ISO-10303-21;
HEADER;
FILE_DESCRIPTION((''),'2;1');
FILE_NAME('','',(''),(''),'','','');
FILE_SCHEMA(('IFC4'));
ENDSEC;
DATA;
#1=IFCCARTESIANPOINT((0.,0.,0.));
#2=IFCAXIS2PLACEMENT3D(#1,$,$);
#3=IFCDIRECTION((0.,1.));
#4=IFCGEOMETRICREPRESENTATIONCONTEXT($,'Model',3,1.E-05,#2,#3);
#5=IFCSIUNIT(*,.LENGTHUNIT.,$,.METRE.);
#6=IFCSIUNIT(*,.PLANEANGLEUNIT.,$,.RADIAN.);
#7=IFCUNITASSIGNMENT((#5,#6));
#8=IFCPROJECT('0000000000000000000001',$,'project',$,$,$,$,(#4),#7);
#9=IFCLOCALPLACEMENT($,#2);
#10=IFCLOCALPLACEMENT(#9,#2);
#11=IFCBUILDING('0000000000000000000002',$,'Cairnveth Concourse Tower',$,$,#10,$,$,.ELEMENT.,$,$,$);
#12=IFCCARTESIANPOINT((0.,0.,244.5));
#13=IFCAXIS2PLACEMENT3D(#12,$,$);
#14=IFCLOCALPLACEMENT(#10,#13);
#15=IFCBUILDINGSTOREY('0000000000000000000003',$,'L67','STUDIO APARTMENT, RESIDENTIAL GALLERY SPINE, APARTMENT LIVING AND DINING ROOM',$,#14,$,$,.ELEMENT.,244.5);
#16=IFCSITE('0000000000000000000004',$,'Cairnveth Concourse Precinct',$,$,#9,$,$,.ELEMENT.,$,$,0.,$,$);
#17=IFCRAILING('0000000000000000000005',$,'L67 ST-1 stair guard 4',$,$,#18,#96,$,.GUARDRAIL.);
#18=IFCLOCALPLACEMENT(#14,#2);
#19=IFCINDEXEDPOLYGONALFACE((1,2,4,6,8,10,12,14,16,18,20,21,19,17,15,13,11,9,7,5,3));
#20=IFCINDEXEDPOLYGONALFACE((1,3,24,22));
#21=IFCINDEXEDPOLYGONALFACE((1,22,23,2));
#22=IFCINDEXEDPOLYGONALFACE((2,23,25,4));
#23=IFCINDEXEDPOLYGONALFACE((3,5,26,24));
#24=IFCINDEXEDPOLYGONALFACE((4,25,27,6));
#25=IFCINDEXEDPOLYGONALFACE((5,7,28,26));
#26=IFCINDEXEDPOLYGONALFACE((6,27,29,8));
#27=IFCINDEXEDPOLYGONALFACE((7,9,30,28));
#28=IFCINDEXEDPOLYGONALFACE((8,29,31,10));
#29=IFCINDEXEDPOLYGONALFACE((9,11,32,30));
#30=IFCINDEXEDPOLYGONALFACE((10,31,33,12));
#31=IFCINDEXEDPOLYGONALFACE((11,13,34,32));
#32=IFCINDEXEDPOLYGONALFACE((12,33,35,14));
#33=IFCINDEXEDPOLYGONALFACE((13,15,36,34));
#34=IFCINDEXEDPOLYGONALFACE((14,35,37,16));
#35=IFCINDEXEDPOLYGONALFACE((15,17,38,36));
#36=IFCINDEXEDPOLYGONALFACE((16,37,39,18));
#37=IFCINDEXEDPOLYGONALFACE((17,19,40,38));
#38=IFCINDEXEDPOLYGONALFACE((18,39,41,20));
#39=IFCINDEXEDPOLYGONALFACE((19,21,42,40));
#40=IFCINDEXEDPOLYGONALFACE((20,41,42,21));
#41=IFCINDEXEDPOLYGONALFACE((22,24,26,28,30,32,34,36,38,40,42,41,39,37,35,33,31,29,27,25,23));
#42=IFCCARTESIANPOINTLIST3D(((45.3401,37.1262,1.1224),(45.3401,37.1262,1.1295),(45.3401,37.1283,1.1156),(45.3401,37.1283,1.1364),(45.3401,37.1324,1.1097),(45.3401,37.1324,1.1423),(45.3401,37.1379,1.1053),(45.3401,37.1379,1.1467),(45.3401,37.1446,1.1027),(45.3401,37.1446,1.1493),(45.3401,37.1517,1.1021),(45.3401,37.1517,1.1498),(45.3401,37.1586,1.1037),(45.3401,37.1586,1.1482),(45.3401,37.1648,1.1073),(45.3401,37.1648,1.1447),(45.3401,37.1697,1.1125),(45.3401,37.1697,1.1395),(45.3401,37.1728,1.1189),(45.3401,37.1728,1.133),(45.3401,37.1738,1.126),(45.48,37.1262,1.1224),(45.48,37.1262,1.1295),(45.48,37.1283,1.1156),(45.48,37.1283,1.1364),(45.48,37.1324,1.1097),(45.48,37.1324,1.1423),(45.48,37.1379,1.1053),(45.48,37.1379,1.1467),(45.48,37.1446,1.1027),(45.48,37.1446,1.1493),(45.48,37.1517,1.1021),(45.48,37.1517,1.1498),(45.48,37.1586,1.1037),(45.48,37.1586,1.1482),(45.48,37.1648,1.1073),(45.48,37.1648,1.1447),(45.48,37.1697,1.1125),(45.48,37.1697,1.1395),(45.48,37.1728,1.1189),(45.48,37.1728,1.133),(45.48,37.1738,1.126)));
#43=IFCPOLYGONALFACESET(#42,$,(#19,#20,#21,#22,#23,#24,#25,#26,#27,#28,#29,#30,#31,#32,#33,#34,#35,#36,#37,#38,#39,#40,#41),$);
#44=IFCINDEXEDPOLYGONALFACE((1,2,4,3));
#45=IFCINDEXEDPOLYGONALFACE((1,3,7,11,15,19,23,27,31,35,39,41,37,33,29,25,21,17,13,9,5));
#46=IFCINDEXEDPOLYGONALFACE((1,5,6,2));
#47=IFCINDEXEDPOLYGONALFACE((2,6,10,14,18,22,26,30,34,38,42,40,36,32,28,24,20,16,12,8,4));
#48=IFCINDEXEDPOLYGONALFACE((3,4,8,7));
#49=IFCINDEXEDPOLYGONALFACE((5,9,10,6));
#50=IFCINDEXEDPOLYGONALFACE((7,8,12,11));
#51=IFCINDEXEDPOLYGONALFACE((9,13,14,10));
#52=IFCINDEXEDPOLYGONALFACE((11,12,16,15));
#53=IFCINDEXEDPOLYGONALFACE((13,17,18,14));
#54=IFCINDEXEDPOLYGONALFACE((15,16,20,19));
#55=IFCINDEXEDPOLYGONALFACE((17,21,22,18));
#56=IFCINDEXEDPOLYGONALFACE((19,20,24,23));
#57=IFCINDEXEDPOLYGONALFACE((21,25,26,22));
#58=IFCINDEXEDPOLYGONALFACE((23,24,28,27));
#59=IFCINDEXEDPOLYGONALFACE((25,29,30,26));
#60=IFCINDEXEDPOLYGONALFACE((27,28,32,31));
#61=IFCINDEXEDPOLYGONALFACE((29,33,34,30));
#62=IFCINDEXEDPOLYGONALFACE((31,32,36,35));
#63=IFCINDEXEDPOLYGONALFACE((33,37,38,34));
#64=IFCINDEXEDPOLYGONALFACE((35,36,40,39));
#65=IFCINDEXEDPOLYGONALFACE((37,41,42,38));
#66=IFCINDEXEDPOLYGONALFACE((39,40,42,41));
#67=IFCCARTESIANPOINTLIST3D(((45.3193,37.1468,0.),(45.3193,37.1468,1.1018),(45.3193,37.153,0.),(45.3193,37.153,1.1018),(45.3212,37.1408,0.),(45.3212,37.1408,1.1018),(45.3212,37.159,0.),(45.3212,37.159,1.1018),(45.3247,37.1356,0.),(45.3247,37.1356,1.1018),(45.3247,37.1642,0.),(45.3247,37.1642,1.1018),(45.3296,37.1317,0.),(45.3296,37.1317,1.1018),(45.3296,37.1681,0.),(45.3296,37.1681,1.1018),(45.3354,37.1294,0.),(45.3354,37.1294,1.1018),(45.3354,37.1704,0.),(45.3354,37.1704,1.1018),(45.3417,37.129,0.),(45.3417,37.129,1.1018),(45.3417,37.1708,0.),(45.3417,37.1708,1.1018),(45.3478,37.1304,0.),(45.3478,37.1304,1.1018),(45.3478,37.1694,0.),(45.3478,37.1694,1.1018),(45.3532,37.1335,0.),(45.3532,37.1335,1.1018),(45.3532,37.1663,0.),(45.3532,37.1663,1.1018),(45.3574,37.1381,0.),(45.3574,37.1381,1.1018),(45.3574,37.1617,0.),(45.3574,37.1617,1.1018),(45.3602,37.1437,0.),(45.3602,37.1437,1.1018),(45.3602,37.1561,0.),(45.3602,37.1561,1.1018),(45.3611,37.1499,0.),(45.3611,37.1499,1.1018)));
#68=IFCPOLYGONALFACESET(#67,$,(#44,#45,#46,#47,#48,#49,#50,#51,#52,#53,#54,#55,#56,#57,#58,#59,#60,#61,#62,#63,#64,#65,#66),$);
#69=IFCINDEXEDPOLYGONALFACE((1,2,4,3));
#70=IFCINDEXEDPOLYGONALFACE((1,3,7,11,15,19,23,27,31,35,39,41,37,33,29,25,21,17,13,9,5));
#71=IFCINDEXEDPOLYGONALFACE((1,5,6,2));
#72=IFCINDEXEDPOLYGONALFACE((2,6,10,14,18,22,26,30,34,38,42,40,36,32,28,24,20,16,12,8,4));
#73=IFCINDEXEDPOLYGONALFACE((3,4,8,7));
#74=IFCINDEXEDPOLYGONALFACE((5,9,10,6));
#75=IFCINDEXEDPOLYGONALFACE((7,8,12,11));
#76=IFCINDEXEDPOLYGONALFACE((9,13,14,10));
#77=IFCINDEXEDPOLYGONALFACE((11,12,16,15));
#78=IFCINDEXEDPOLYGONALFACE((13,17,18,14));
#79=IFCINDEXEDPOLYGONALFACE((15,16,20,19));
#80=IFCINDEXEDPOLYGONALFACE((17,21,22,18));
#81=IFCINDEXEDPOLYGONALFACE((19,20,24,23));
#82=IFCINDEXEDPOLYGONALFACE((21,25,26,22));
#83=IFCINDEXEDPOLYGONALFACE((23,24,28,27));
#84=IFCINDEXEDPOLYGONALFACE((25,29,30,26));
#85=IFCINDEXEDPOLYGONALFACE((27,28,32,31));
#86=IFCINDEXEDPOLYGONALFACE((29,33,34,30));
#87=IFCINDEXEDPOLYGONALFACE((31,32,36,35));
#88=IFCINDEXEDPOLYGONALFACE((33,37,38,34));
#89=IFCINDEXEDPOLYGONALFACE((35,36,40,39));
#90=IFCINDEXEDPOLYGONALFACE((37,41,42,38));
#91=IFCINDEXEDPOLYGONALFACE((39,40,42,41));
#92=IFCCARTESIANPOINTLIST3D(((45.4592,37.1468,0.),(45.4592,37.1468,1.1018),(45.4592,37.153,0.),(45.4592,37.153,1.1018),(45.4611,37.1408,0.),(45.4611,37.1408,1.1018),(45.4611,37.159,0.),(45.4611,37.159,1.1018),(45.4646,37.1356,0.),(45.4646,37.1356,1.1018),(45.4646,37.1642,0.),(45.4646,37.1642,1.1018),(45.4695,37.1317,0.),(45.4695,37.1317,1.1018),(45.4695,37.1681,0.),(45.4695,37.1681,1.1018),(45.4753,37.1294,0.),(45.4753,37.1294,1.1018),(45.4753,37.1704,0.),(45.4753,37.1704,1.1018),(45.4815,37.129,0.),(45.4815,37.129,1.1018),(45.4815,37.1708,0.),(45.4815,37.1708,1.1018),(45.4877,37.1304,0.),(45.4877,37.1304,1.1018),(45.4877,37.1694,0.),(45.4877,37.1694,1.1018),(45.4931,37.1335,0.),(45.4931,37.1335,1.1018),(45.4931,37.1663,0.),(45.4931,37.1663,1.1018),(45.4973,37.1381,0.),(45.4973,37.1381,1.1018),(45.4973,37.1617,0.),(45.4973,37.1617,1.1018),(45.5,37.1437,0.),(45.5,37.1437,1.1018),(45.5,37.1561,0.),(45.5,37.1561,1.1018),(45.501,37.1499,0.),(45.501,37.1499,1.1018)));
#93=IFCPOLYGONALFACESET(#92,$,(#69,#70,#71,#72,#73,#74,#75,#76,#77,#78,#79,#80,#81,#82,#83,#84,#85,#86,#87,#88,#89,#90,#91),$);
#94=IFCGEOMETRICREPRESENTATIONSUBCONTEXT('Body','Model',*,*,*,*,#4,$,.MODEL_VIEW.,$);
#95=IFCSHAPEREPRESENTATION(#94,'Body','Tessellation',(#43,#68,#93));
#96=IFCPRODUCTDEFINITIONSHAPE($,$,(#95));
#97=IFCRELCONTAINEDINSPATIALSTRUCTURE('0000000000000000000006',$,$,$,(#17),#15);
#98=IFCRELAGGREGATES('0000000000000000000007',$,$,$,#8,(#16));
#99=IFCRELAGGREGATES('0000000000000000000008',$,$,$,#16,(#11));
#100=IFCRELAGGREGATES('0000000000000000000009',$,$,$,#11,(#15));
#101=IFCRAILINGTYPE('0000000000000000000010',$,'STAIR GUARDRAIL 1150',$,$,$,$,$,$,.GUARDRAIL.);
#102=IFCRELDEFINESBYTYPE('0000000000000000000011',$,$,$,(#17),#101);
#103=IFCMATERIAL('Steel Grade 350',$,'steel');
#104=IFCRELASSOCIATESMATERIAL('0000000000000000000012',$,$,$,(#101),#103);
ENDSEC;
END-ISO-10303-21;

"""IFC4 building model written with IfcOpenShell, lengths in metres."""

from ifc_helpers import new_model, si_unit, direction, frame, origin, origin_2d, place, context, subcontext, project, spatial, circle, extrude, material, type_object, element, save


model = new_model("IFC4")

# Units and contexts
model_context = context("Model", 3, precision=1e-05, world=origin(), true_north=direction((0.0, 1.0)))
body_context = subcontext(model_context, "Body", "Model", "MODEL_VIEW")
ifc_project = project(units=[si_unit("LENGTHUNIT", "METRE"), si_unit("PLANEANGLEUNIT", "RADIAN")], contexts=[model_context])

# Site, building, storey
site_placement = place(None, origin())
site = spatial("IfcSite", under=ifc_project, at=site_placement, Name="Cairnveth Concourse Precinct", CompositionType="ELEMENT", RefElevation=0.0)
building_placement = place(site_placement, origin())
building = spatial("IfcBuilding", under=site, at=building_placement, Name="Cairnveth Concourse Tower", CompositionType="ELEMENT")
storey_placement = place(building_placement, frame((0.0, 0.0, 244.5)))
storey = spatial("IfcBuildingStorey", under=building, at=storey_placement, Name="L67", Description="STUDIO APARTMENT, RESIDENTIAL GALLERY SPINE, APARTMENT LIVING AND DINING ROOM", CompositionType="ELEMENT", Elevation=244.5)

# Railing
ifc_material_1 = material(Name="Steel Grade 350", Category="steel")
railing_type_1 = type_object("IfcRailingType", Name="STAIR GUARDRAIL 1150", PredefinedType="GUARDRAIL", material=ifc_material_1)
railing_1_placement = place(storey_placement, frame((45.3401, 37.1499, 0.0)))
element("IfcRailing", 1, at=railing_1_placement, inside=storey, type_object=railing_type_1, Name="L67 ST-1 stair guard 4", PredefinedType="GUARDRAIL", context=body_context, shape_type="SweptSolid", body=[
    extrude(circle(Radius=0.0239, at=origin_2d()), frame((0.0, 0.0, 1.126), z_axis=(1.0, 0.0, 0.0), x_axis=(0.0, 1.0, 0.0)), (0.0, 0.0, 1.0), 0.1399),
    extrude(circle(Radius=0.021, at=origin_2d()), origin(), (0.0, 0.0, 1.0), 1.1018),
    extrude(circle(Radius=0.021, at=origin_2d()), frame((0.1399, 0.0, 0.0)), (0.0, 0.0, 1.0), 1.1018),
])

save(model, "model.ifc")
